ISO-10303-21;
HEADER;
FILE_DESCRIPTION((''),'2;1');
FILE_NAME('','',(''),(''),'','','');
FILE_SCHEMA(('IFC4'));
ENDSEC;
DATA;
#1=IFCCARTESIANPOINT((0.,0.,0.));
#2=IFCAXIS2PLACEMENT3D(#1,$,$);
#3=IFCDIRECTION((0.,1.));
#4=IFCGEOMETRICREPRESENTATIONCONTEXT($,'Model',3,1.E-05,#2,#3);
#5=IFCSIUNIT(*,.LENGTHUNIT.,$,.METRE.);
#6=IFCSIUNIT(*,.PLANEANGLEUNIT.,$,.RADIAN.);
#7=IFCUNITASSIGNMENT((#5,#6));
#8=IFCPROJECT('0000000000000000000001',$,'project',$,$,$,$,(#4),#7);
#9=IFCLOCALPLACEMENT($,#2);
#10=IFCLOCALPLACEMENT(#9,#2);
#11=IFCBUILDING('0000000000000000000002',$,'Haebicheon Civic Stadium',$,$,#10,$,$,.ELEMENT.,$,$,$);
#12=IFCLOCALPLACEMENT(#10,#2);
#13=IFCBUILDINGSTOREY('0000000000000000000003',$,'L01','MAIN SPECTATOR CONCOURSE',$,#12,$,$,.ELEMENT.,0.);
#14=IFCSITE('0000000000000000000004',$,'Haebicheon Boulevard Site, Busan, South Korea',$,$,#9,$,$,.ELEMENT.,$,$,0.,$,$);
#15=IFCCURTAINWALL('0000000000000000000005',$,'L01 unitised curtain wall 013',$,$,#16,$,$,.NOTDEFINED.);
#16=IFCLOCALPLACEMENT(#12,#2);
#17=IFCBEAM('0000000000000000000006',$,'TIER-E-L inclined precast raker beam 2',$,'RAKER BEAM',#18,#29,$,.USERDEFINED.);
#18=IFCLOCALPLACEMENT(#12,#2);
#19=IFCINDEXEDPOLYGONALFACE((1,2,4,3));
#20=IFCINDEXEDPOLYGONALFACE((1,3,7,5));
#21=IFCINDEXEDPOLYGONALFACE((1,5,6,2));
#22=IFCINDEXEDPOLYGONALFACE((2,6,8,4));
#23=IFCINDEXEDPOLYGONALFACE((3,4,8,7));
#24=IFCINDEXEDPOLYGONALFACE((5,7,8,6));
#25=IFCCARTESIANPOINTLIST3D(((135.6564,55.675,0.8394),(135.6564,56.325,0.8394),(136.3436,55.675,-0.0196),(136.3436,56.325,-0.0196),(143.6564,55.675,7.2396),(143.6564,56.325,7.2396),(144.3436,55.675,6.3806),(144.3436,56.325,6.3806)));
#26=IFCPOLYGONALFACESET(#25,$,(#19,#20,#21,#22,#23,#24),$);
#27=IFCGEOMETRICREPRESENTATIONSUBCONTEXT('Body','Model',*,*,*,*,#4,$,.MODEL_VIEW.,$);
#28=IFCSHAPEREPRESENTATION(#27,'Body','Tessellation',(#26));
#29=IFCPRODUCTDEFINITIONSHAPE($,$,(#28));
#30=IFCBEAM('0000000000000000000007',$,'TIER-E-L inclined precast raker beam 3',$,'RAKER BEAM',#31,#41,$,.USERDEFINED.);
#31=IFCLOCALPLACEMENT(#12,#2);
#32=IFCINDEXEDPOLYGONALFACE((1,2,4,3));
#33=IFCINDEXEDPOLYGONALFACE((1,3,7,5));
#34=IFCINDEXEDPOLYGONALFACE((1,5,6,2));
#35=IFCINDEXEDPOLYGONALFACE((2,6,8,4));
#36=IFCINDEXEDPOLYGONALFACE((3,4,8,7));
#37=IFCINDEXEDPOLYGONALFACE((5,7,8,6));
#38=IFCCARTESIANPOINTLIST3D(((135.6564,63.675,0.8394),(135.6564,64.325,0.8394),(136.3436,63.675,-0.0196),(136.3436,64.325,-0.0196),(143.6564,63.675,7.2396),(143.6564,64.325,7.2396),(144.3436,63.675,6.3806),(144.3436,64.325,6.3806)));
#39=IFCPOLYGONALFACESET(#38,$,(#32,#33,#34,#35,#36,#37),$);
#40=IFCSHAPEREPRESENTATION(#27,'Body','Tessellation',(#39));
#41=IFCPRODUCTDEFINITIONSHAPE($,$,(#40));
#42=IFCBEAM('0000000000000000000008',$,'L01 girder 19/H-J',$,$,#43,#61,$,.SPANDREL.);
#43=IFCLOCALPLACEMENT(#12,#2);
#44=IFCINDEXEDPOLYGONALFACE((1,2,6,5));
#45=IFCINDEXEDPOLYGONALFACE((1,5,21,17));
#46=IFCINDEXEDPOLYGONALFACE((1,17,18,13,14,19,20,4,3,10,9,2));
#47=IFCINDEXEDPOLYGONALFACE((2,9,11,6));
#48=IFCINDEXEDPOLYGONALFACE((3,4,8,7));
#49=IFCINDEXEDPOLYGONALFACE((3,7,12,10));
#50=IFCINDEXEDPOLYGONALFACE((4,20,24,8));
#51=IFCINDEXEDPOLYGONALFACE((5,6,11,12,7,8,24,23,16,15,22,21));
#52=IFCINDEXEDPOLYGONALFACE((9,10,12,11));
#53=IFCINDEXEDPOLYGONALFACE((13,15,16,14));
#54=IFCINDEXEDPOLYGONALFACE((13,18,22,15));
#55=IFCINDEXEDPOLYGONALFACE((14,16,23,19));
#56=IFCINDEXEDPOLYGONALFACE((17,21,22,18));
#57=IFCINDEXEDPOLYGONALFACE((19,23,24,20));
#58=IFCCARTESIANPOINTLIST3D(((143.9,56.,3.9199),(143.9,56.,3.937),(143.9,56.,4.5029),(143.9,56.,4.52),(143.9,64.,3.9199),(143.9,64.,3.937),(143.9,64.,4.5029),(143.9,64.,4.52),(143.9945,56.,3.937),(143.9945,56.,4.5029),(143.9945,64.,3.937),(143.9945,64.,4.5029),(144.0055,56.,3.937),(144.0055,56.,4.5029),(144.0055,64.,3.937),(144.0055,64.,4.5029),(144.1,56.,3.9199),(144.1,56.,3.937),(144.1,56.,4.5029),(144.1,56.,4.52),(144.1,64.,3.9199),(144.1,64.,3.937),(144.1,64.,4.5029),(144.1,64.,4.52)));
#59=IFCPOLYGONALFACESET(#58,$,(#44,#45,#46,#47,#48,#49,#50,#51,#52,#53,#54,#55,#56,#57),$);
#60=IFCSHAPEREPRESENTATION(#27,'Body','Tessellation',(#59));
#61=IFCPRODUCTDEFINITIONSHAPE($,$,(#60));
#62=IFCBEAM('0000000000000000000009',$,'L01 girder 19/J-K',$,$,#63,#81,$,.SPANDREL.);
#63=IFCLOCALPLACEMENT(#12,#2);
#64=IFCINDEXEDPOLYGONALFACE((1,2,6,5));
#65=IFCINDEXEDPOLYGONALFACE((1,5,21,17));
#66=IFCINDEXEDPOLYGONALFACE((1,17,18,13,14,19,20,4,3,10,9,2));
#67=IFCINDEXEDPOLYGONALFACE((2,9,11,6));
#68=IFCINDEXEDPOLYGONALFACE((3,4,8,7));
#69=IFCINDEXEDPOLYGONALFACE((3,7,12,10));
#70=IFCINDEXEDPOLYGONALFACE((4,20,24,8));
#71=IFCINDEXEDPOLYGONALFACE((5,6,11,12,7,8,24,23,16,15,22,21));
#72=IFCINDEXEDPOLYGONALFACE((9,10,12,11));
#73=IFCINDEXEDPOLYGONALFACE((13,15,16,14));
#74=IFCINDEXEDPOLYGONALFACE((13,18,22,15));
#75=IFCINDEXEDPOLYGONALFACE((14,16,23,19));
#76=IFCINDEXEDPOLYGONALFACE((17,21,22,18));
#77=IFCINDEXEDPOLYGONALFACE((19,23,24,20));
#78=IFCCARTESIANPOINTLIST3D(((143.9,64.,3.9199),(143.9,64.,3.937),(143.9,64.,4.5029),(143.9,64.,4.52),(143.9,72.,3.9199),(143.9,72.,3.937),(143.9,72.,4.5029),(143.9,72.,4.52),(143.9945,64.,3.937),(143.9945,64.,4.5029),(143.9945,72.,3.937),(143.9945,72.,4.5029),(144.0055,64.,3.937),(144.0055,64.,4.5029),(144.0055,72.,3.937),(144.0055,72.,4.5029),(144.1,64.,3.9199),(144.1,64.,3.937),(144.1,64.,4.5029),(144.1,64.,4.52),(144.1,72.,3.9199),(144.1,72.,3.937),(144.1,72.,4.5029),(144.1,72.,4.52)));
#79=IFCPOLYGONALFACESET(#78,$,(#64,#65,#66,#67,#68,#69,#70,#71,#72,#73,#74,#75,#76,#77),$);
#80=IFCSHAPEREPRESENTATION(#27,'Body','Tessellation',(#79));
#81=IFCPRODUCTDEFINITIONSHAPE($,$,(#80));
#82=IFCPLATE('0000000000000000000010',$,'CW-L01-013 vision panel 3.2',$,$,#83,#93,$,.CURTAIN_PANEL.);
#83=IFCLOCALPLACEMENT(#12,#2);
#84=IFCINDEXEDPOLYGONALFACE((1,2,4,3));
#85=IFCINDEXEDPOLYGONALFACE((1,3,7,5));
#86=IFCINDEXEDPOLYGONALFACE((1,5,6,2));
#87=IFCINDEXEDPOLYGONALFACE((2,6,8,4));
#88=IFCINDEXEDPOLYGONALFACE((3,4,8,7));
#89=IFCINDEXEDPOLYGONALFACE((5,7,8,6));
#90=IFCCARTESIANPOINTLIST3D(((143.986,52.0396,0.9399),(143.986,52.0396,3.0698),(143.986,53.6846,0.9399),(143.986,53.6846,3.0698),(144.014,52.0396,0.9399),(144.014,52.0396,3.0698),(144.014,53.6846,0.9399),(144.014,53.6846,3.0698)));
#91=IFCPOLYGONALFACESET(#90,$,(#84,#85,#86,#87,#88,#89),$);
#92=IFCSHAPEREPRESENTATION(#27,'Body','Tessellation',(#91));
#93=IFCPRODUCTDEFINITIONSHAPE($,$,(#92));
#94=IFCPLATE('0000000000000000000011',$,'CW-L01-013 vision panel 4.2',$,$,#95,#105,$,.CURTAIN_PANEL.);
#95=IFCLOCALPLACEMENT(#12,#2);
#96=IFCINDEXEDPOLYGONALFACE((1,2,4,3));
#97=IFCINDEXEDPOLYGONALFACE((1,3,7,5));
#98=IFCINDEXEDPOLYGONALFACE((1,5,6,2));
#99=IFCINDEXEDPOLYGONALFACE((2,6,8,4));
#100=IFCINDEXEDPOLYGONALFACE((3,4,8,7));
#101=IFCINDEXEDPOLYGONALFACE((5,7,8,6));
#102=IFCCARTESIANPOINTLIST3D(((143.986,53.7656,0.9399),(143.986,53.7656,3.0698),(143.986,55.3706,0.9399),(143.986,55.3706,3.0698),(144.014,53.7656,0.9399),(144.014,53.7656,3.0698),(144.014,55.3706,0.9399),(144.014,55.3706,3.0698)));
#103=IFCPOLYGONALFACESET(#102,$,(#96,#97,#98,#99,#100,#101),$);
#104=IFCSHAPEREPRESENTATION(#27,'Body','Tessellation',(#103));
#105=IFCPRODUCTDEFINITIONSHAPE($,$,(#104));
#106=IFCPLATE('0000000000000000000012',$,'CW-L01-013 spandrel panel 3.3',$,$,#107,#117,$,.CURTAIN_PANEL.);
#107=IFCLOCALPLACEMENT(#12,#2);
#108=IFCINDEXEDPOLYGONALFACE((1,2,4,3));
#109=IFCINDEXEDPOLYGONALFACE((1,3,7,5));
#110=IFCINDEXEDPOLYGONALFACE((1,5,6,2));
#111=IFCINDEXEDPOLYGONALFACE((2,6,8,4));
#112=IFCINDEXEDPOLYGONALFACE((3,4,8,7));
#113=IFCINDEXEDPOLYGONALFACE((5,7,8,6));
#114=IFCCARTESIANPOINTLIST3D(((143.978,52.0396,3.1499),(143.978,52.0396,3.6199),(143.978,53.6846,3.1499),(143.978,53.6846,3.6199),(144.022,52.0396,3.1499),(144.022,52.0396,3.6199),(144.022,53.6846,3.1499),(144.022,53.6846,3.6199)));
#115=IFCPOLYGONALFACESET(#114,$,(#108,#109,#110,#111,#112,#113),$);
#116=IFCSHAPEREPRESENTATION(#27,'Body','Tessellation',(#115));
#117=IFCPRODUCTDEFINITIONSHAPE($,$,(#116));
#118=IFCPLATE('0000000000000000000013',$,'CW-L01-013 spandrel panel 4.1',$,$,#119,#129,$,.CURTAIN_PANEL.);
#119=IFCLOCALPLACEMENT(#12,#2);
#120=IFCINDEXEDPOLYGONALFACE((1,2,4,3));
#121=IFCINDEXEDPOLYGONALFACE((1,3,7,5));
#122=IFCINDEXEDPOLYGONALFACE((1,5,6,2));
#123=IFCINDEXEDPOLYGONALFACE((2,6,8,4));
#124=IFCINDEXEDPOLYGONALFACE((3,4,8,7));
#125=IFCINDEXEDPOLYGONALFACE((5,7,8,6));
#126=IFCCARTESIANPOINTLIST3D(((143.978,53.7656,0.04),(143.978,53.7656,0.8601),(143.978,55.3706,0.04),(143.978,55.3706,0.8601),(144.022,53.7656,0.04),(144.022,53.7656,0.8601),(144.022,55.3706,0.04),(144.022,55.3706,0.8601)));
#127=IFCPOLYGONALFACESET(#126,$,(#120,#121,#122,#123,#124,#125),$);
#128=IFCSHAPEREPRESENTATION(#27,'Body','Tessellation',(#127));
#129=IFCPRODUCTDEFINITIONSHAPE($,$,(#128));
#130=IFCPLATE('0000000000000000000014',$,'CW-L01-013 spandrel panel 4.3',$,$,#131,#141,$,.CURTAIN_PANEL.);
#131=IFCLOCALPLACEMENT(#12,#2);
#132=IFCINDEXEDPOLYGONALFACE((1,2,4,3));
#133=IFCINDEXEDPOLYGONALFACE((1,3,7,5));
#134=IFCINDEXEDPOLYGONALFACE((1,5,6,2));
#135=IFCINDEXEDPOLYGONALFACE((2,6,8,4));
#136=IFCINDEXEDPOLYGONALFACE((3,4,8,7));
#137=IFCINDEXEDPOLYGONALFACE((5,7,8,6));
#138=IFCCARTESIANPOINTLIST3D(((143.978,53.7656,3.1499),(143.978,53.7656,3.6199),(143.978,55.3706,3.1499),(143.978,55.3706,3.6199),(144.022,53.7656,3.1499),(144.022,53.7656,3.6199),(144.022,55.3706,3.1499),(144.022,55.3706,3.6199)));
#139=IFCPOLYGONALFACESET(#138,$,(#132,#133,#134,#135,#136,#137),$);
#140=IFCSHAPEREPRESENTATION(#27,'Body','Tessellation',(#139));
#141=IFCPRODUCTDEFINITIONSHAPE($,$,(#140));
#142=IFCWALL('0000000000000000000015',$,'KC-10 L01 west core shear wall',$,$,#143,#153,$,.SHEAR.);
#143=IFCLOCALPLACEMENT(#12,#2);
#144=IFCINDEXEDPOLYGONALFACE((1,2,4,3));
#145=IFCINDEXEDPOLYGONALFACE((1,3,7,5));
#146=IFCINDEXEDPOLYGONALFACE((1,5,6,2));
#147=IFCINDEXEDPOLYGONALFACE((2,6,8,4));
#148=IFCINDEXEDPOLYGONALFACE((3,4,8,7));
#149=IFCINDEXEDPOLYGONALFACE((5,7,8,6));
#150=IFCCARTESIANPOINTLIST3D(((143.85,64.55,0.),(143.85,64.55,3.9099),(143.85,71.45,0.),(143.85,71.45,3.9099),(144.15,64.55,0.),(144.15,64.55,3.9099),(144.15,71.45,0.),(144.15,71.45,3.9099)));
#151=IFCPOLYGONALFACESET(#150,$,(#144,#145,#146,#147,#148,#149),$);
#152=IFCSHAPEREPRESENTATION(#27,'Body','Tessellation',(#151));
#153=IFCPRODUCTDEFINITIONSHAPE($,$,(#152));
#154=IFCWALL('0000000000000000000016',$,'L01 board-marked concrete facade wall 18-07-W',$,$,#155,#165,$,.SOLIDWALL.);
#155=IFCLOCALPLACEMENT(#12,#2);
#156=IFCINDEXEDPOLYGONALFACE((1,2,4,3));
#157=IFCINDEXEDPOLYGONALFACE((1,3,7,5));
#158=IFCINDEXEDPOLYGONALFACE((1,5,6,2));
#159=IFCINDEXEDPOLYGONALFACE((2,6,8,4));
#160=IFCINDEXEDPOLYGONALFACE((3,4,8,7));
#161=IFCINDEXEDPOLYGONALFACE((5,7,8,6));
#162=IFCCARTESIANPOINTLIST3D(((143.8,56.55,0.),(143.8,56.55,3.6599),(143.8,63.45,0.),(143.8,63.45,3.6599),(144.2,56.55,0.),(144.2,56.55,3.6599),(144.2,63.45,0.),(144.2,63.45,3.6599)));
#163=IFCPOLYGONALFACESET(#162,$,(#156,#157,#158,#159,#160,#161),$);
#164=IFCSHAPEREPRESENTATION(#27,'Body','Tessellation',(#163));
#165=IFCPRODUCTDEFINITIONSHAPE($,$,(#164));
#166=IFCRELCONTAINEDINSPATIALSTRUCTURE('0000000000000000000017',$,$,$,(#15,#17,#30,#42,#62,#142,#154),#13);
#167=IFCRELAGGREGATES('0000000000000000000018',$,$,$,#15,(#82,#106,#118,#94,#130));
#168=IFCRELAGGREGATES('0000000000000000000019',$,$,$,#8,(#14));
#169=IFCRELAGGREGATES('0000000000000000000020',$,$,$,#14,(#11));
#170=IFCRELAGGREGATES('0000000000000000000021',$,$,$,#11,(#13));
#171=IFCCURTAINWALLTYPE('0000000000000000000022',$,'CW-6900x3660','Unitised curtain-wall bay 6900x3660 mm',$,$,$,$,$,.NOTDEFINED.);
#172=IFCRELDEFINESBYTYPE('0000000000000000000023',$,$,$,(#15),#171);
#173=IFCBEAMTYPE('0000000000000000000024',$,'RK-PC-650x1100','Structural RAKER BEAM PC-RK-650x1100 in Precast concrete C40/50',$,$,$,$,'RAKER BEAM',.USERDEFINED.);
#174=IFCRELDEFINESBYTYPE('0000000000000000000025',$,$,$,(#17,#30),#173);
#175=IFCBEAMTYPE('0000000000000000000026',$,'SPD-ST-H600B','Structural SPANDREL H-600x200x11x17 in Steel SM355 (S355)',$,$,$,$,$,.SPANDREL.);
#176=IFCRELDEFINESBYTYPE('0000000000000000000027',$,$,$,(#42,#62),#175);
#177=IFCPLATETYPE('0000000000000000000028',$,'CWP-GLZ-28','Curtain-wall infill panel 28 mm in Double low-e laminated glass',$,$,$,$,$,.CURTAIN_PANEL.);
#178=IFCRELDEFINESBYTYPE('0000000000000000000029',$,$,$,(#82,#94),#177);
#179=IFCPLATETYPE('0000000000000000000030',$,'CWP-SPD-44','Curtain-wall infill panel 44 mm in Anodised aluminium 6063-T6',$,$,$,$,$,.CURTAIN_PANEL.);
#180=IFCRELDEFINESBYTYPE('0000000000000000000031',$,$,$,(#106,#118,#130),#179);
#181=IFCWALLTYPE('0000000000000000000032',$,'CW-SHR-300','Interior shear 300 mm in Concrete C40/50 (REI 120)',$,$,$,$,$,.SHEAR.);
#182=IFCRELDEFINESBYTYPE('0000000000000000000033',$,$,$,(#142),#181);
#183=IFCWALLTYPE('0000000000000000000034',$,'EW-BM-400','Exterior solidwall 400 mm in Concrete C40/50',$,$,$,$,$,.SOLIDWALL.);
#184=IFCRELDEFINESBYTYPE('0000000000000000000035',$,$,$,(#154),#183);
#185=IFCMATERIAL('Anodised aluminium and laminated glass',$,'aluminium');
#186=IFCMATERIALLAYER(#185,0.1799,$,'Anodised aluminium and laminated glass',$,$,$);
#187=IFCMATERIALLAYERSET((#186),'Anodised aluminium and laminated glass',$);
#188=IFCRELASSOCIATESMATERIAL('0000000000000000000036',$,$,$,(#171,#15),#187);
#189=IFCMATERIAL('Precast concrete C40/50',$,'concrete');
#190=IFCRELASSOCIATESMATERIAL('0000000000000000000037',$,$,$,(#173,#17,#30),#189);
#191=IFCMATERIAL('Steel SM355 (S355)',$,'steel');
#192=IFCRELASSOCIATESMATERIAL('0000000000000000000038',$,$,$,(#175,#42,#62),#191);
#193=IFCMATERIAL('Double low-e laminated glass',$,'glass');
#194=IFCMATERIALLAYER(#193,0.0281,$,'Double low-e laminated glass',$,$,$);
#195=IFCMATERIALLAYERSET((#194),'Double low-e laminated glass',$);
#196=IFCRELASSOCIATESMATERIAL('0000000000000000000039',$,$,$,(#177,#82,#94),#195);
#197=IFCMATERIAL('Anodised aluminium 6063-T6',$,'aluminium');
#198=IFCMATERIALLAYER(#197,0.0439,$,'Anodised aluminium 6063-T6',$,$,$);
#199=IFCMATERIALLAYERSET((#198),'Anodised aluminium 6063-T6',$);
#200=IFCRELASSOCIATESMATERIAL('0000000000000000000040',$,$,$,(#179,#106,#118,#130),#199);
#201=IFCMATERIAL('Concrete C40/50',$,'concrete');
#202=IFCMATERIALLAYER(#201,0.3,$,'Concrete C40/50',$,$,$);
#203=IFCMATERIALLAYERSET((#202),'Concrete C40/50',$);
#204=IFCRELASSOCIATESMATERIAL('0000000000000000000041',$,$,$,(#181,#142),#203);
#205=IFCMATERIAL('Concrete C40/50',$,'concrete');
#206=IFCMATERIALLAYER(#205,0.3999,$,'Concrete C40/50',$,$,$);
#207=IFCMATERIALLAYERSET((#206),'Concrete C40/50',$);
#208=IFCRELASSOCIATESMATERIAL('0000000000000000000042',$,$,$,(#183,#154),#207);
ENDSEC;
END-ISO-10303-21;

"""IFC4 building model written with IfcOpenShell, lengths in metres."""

from ifc_helpers import new_model, si_unit, direction, frame, frame_2d, origin, origin_2d, place, context, subcontext, project, spatial, rectangle, i_section, extrude, material, layer, layer_set, material_profile, profile_set, type_object, element, aggregate, save


model = new_model("IFC4")

# Units and contexts
model_context = context("Model", 3, precision=1e-05, world=origin(), true_north=direction((0.0, 1.0)))
body_context = subcontext(model_context, "Body", "Model", "MODEL_VIEW")
ifc_project = project(units=[si_unit("LENGTHUNIT", "METRE"), si_unit("PLANEANGLEUNIT", "RADIAN")], contexts=[model_context])

# Site, building, storey
site_placement = place(None, origin())
site = spatial("IfcSite", under=ifc_project, at=site_placement, Name="Haebicheon Boulevard Site, Busan, South Korea", CompositionType="ELEMENT", RefElevation=0.0)
building_placement = place(site_placement, origin())
building = spatial("IfcBuilding", under=site, at=building_placement, Name="Haebicheon Civic Stadium", CompositionType="ELEMENT")
storey_placement = place(building_placement, origin())
storey = spatial("IfcBuildingStorey", under=building, at=storey_placement, Name="L01", Description="MAIN SPECTATOR CONCOURSE", CompositionType="ELEMENT", Elevation=0.0)

# Curtain wall
ifc_material_1 = material(Name="Anodised aluminium and laminated glass", Category="aluminium")
ifc_layer_1 = layer(ifc_material_1, 0.1799, Name="Anodised aluminium and laminated glass")
ifc_layer_set_1 = layer_set([ifc_layer_1], Name="Anodised aluminium and laminated glass")
curtain_wall_type = type_object("IfcCurtainWallType", Name="CW-6900x3660", Description="Unitised curtain-wall bay 6900x3660 mm", PredefinedType="NOTDEFINED", material=ifc_layer_set_1)
curtain_wall_placement = place(storey_placement, origin())
curtain_wall = element("IfcCurtainWall", 1, at=curtain_wall_placement, inside=storey, type_object=curtain_wall_type, material=ifc_layer_set_1, Name="L01 unitised curtain wall 013", PredefinedType="NOTDEFINED")

# Beams
ifc_material_2 = material(Name="Precast concrete C40/50", Category="concrete")
ifc_material_profile_1 = material_profile(ifc_material_2, rectangle(XDim=0.6499, YDim=1.1001, at=origin_2d()), Name="PC-RK-650x1100")
ifc_profile_set_1 = profile_set([ifc_material_profile_1], Name="Precast concrete C40/50")
beam_type_1 = type_object("IfcBeamType", Name="RK-PC-650x1100", Description="Structural RAKER BEAM PC-RK-650x1100 in Precast concrete C40/50", ElementType="RAKER BEAM", PredefinedType="USERDEFINED", material=ifc_profile_set_1)
for number, where, z_axis, x_axis, name in (
    (2, (136.0, 56.0, 0.4099), (0.780862, 0.0, 0.624704), (0.0, 1.0, 0.0), "TIER-E-L inclined precast raker beam 2"),
    (3, (136.0, 64.0, 0.4099), (0.780862, 0.0, 0.624704), (0.0, 1.0, 0.0), "TIER-E-L inclined precast raker beam 3"),
):
    element("IfcBeam", number, at=place(storey_placement, frame(where, z_axis=z_axis, x_axis=x_axis)), inside=storey, type_object=beam_type_1, material=ifc_profile_set_1, Name=name, ObjectType="RAKER BEAM", PredefinedType="USERDEFINED", context=body_context, shape_type="SweptSolid", body=[
        extrude(rectangle(XDim=0.6499, YDim=1.1001, at=origin_2d()), origin(), (0.0, 0.0, 1.0), 10.2451),
    ])
ifc_material_3 = material(Name="Steel SM355 (S355)", Category="steel")
ifc_material_profile_2 = material_profile(ifc_material_3, i_section(OverallWidth=0.2, OverallDepth=0.6001, WebThickness=0.011, FlangeThickness=0.0171, at=origin_2d()), Name="H-600x200x11x17")
ifc_profile_set_2 = profile_set([ifc_material_profile_2], Name="Steel SM355 (S355)")
beam_type_2 = type_object("IfcBeamType", Name="SPD-ST-H600B", Description="Structural SPANDREL H-600x200x11x17 in Steel SM355 (S355)", PredefinedType="SPANDREL", material=ifc_profile_set_2)
for number, where, z_axis, x_axis, name in (
    (4, (144.0, 56.0, 4.22), (0.0, 1.0, 0.0), (-1.0, 0.0, 0.0), "L01 girder 19/H-J"),
    (5, (144.0, 64.0, 4.22), (0.0, 1.0, 0.0), (-1.0, 0.0, 0.0), "L01 girder 19/J-K"),
):
    element("IfcBeam", number, at=place(storey_placement, frame(where, z_axis=z_axis, x_axis=x_axis)), inside=storey, type_object=beam_type_2, material=ifc_profile_set_2, Name=name, PredefinedType="SPANDREL", context=body_context, shape_type="SweptSolid", body=[
        extrude(i_section(OverallWidth=0.2, OverallDepth=0.6001, WebThickness=0.011, FlangeThickness=0.0171, at=origin_2d()), origin(), (0.0, 0.0, 1.0), 8.0),
    ])

# Plates
ifc_material_4 = material(Name="Double low-e laminated glass", Category="glass")
ifc_layer_2 = layer(ifc_material_4, 0.0281, Name="Double low-e laminated glass")
ifc_layer_set_2 = layer_set([ifc_layer_2], Name="Double low-e laminated glass")
plate_type_1 = type_object("IfcPlateType", Name="CWP-GLZ-28", Description="Curtain-wall infill panel 28 mm in Double low-e laminated glass", PredefinedType="CURTAIN_PANEL", material=ifc_layer_set_2)
plate_1_placement = place(storey_placement, frame((144.0, 52.8621, 0.9399), z_axis=(0.0, 0.0, 1.0), x_axis=(0.0, 1.0, 0.0)))
plate_1 = element("IfcPlate", 6, at=plate_1_placement, type_object=plate_type_1, material=ifc_layer_set_2, Name="CW-L01-013 vision panel 3.2", PredefinedType="CURTAIN_PANEL", context=body_context, shape_type="SweptSolid", body=[
    extrude(rectangle(XDim=1.645, YDim=0.0281, at=origin_2d()), origin(), (0.0, 0.0, 1.0), 2.1299),
])
plate_2_placement = place(storey_placement, frame((144.0, 54.5681, 0.9399), z_axis=(0.0, 0.0, 1.0), x_axis=(0.0, 1.0, 0.0)))
plate_2 = element("IfcPlate", 7, at=plate_2_placement, type_object=plate_type_1, material=ifc_layer_set_2, Name="CW-L01-013 vision panel 4.2", PredefinedType="CURTAIN_PANEL", context=body_context, shape_type="SweptSolid", body=[
    extrude(rectangle(XDim=1.605, YDim=0.0281, at=origin_2d()), origin(), (0.0, 0.0, 1.0), 2.1299),
])
ifc_material_5 = material(Name="Anodised aluminium 6063-T6", Category="aluminium")
ifc_layer_3 = layer(ifc_material_5, 0.0439, Name="Anodised aluminium 6063-T6")
ifc_layer_set_3 = layer_set([ifc_layer_3], Name="Anodised aluminium 6063-T6")
plate_type_2 = type_object("IfcPlateType", Name="CWP-SPD-44", Description="Curtain-wall infill panel 44 mm in Anodised aluminium 6063-T6", PredefinedType="CURTAIN_PANEL", material=ifc_layer_set_3)
plate_3_placement = place(storey_placement, frame((144.0, 52.8621, 3.1499), z_axis=(0.0, 0.0, 1.0), x_axis=(0.0, 1.0, 0.0)))
plate_3 = element("IfcPlate", 8, at=plate_3_placement, type_object=plate_type_2, material=ifc_layer_set_3, Name="CW-L01-013 spandrel panel 3.3", PredefinedType="CURTAIN_PANEL", context=body_context, shape_type="SweptSolid", body=[
    extrude(rectangle(XDim=1.645, YDim=0.0439, at=origin_2d()), origin(), (0.0, 0.0, 1.0), 0.47),
])
plate_4_placement = place(storey_placement, frame((144.0, 54.5681, 0.04), z_axis=(0.0, 0.0, 1.0), x_axis=(0.0, 1.0, 0.0)))
plate_4 = element("IfcPlate", 9, at=plate_4_placement, type_object=plate_type_2, material=ifc_layer_set_3, Name="CW-L01-013 spandrel panel 4.1", PredefinedType="CURTAIN_PANEL", context=body_context, shape_type="SweptSolid", body=[
    extrude(rectangle(XDim=1.605, YDim=0.0439, at=origin_2d()), origin(), (0.0, 0.0, 1.0), 0.8201),
])
plate_5_placement = place(storey_placement, frame((144.0, 54.5681, 3.1499), z_axis=(0.0, 0.0, 1.0), x_axis=(0.0, 1.0, 0.0)))
plate_5 = element("IfcPlate", 10, at=plate_5_placement, type_object=plate_type_2, material=ifc_layer_set_3, Name="CW-L01-013 spandrel panel 4.3", PredefinedType="CURTAIN_PANEL", context=body_context, shape_type="SweptSolid", body=[
    extrude(rectangle(XDim=1.605, YDim=0.0439, at=origin_2d()), origin(), (0.0, 0.0, 1.0), 0.47),
])
aggregate(curtain_wall, [plate_1, plate_3, plate_4, plate_2, plate_5])

# Walls
ifc_material_6 = material(Name="Concrete C40/50", Category="concrete")
ifc_layer_4 = layer(ifc_material_6, 0.3, Name="Concrete C40/50")
ifc_layer_set_4 = layer_set([ifc_layer_4], Name="Concrete C40/50")
wall_type_1 = type_object("IfcWallType", Name="CW-SHR-300", Description="Interior shear 300 mm in Concrete C40/50 (REI 120)", PredefinedType="SHEAR", material=ifc_layer_set_4)
wall_1_placement = place(storey_placement, frame((144.0, 64.55, 0.0), z_axis=(0.0, 0.0, 1.0), x_axis=(0.0, 1.0, 0.0)))
element("IfcWall", 11, at=wall_1_placement, inside=storey, type_object=wall_type_1, material=ifc_layer_set_4, Name="KC-10 L01 west core shear wall", PredefinedType="SHEAR", context=body_context, shape_type="SweptSolid", body=[
    extrude(rectangle(XDim=6.8999, YDim=0.3, at=frame_2d((3.45, 0.0))), origin(), (0.0, 0.0, 1.0), 3.9099),
])
ifc_material_7 = material(Name="Concrete C40/50", Category="concrete")
ifc_layer_5 = layer(ifc_material_7, 0.3999, Name="Concrete C40/50")
ifc_layer_set_5 = layer_set([ifc_layer_5], Name="Concrete C40/50")
wall_type_2 = type_object("IfcWallType", Name="EW-BM-400", Description="Exterior solidwall 400 mm in Concrete C40/50", PredefinedType="SOLIDWALL", material=ifc_layer_set_5)
wall_2_placement = place(storey_placement, frame((144.0, 56.55, 0.0), z_axis=(0.0, 0.0, 1.0), x_axis=(0.0, 1.0, 0.0)))
element("IfcWall", 12, at=wall_2_placement, inside=storey, type_object=wall_type_2, material=ifc_layer_set_5, Name="L01 board-marked concrete facade wall 18-07-W", PredefinedType="SOLIDWALL", context=body_context, shape_type="SweptSolid", body=[
    extrude(rectangle(XDim=6.8999, YDim=0.3999, at=frame_2d((3.45, 0.0))), origin(), (0.0, 0.0, 1.0), 3.6599),
])

save(model, "model.ifc")
